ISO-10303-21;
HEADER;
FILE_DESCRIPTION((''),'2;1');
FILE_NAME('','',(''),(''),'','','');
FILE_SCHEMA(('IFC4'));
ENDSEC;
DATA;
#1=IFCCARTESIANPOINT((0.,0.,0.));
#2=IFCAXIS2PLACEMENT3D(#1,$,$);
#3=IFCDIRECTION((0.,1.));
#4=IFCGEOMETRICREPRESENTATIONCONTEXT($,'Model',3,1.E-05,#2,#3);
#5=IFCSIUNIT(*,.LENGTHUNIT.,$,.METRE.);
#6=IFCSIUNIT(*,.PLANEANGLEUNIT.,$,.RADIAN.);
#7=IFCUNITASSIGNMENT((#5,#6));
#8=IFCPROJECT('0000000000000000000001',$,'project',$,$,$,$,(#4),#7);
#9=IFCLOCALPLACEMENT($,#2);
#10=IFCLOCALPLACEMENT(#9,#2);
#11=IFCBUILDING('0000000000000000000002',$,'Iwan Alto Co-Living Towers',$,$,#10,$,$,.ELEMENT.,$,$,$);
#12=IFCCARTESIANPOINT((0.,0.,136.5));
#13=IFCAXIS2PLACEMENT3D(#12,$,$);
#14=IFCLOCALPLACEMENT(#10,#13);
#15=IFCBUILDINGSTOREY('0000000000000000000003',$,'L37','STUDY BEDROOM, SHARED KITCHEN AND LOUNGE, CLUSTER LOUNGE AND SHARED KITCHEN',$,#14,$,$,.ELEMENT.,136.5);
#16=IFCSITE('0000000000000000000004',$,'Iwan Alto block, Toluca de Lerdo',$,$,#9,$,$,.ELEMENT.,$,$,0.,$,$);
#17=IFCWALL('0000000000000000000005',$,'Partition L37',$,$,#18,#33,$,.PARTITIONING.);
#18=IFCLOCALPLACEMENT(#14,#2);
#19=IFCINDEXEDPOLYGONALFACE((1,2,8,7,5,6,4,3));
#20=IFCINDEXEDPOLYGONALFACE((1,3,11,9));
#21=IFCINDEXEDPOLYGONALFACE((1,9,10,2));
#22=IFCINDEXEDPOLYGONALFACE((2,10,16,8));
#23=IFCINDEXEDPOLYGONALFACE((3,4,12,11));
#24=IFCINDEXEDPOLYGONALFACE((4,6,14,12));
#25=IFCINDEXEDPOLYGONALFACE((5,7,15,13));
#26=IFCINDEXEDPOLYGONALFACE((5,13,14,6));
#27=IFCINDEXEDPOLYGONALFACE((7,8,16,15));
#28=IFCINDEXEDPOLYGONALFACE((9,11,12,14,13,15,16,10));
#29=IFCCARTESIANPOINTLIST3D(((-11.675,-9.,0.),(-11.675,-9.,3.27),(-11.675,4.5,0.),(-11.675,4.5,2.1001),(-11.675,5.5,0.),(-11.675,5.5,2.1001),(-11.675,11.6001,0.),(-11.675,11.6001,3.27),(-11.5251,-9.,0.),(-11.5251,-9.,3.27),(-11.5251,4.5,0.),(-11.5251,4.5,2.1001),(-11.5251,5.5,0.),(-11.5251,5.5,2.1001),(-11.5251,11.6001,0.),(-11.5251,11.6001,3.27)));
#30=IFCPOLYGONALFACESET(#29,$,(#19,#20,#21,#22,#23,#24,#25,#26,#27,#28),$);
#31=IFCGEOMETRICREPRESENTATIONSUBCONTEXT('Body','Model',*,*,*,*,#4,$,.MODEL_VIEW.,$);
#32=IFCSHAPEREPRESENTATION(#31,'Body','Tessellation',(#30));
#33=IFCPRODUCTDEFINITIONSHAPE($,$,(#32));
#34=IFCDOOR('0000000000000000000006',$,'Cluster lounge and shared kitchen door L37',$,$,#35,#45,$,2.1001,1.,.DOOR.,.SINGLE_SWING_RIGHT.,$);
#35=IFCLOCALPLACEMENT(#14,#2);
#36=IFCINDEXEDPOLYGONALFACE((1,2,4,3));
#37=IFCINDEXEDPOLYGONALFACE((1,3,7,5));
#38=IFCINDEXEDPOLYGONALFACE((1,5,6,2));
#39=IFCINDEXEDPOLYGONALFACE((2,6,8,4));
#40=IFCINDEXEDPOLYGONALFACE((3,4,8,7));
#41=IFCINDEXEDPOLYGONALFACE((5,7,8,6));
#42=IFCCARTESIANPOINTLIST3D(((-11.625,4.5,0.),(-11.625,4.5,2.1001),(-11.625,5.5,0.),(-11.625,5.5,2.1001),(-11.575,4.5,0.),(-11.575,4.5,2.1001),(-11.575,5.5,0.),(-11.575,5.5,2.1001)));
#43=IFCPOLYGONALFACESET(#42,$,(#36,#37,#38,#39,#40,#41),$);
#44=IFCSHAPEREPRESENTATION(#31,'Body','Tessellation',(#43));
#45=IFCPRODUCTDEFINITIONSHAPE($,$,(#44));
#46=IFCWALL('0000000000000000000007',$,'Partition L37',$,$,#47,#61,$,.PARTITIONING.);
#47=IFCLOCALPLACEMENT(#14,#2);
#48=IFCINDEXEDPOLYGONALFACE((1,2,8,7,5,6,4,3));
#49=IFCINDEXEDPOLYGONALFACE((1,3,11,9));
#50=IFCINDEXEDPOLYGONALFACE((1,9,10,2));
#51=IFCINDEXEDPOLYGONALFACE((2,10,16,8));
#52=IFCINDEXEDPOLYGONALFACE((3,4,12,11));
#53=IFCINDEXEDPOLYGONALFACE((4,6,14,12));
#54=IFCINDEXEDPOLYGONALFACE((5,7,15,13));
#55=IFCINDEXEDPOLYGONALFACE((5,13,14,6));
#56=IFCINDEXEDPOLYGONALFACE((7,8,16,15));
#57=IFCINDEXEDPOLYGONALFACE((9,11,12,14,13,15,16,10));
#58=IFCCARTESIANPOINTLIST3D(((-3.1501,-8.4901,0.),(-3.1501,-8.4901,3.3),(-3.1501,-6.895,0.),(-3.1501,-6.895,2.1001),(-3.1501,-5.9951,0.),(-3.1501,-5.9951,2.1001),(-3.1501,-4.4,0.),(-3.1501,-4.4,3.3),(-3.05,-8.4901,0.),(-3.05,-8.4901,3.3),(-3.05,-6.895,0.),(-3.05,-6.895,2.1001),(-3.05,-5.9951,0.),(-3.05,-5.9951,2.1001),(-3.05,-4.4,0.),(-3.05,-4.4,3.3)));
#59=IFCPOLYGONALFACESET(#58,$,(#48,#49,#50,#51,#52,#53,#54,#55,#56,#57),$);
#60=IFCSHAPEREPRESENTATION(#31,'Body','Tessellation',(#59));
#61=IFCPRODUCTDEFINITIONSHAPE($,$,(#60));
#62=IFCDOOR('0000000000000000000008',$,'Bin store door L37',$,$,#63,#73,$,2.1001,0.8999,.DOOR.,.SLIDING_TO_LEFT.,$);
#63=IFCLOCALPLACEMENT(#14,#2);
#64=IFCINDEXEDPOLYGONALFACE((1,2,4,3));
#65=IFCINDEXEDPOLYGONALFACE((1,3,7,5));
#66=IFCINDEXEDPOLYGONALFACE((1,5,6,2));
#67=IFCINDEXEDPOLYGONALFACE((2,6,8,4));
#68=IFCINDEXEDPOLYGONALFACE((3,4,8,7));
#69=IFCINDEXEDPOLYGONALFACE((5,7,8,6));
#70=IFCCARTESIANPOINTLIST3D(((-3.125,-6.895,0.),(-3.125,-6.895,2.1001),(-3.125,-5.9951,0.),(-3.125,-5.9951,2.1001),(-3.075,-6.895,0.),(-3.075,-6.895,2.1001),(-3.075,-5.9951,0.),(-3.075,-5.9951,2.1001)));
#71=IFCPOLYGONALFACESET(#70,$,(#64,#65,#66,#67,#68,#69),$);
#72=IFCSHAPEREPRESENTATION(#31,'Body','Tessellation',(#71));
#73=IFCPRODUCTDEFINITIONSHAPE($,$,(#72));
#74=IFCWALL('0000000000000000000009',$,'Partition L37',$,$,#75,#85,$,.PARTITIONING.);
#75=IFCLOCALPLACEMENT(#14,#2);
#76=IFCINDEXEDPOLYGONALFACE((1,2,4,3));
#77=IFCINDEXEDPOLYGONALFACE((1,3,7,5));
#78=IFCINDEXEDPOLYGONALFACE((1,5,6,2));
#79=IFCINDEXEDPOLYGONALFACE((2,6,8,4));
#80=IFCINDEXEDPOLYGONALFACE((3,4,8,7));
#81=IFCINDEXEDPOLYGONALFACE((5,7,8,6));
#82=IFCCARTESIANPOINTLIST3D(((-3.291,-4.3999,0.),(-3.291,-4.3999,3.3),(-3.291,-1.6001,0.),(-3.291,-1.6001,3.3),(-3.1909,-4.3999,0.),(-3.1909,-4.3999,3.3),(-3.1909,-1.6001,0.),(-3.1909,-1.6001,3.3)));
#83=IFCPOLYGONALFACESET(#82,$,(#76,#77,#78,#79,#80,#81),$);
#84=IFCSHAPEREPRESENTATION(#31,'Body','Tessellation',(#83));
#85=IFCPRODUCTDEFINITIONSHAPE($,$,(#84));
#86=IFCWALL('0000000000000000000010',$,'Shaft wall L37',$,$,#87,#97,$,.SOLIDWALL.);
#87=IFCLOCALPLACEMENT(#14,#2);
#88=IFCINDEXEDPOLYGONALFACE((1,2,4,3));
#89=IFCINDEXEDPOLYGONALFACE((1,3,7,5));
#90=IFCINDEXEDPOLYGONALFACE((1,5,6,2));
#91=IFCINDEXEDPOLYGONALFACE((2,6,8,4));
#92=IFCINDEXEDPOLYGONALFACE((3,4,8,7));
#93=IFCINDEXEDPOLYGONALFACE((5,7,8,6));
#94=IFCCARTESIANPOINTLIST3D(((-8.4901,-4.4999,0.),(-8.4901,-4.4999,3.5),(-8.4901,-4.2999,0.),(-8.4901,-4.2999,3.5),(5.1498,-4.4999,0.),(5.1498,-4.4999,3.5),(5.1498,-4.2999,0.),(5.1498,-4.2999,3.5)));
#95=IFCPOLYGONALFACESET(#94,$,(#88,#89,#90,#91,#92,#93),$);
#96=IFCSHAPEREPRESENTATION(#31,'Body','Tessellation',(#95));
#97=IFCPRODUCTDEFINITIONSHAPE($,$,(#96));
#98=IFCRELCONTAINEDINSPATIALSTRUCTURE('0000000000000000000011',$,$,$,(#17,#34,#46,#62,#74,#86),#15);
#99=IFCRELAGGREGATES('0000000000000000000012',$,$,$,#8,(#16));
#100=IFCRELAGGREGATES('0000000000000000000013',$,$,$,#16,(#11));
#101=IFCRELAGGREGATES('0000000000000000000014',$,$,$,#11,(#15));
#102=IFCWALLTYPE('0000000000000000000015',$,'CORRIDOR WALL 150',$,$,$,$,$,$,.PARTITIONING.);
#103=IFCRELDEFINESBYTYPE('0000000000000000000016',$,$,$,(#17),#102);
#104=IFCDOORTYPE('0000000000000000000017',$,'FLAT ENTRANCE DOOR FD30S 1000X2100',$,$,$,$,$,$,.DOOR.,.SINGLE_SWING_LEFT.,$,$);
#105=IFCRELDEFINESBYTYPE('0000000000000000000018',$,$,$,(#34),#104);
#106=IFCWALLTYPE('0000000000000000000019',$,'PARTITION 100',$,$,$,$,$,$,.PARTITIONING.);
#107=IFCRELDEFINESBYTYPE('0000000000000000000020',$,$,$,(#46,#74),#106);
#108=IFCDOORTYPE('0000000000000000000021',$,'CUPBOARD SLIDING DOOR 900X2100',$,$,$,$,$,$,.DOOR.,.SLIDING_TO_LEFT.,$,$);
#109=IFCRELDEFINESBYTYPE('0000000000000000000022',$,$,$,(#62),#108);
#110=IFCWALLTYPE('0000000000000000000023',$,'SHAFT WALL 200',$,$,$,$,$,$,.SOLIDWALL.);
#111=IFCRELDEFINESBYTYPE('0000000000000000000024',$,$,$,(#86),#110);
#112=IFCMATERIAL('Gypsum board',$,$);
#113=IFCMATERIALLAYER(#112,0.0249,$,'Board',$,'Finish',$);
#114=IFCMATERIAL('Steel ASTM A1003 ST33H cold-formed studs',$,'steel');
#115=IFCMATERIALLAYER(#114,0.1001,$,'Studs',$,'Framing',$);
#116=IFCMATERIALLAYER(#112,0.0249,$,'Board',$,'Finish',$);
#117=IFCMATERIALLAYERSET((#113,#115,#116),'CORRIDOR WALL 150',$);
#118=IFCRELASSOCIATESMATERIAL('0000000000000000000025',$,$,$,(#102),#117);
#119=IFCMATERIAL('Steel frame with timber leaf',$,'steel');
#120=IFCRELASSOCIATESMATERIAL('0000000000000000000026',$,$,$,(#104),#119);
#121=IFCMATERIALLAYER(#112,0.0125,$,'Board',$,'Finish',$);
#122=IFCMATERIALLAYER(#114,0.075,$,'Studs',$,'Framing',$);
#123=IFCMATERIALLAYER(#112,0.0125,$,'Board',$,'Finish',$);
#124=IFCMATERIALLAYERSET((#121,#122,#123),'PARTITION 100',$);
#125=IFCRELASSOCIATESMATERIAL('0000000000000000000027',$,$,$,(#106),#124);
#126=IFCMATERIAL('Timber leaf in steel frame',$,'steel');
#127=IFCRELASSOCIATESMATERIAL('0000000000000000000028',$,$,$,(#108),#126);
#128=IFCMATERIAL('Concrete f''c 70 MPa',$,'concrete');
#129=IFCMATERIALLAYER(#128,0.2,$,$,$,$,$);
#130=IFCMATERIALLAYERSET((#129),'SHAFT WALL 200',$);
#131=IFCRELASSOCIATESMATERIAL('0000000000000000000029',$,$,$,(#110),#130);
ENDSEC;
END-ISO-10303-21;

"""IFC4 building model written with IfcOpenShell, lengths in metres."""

from ifc_helpers import new_model, si_unit, direction, frame, frame_2d, origin, place, context, subcontext, project, spatial, rectangle, extrude, material, layer, layer_set, type_object, element, fill, save


model = new_model("IFC4")

# Units and contexts
model_context = context("Model", 3, precision=1e-05, world=origin(), true_north=direction((0.0, 1.0)))
body_context = subcontext(model_context, "Body", "Model", "MODEL_VIEW")
ifc_project = project(units=[si_unit("LENGTHUNIT", "METRE"), si_unit("PLANEANGLEUNIT", "RADIAN")], contexts=[model_context])

# Site, building, storey
site_placement = place(None, origin())
site = spatial("IfcSite", under=ifc_project, at=site_placement, Name="Iwan Alto block, Toluca de Lerdo", CompositionType="ELEMENT", RefElevation=0.0)
building_placement = place(site_placement, origin())
building = spatial("IfcBuilding", under=site, at=building_placement, Name="Iwan Alto Co-Living Towers", CompositionType="ELEMENT")
storey_placement = place(building_placement, frame((0.0, 0.0, 136.5)))
storey = spatial("IfcBuildingStorey", under=building, at=storey_placement, Name="L37", Description="STUDY BEDROOM, SHARED KITCHEN AND LOUNGE, CLUSTER LOUNGE AND SHARED KITCHEN", CompositionType="ELEMENT", Elevation=136.5)

# Walls, openings, doors
ifc_material_1 = material(Name="Gypsum board")
ifc_layer_1 = layer(ifc_material_1, 0.0249, Name="Board", Category="Finish")
ifc_material_2 = material(Name="Steel ASTM A1003 ST33H cold-formed studs", Category="steel")
ifc_layer_2 = layer(ifc_material_2, 0.1001, Name="Studs", Category="Framing")
ifc_layer_3 = layer(ifc_material_1, 0.0249, Name="Board", Category="Finish")
ifc_layer_set_1 = layer_set([ifc_layer_1, ifc_layer_2, ifc_layer_3], Name="CORRIDOR WALL 150")
wall_type_1 = type_object("IfcWallType", Name="CORRIDOR WALL 150", PredefinedType="PARTITIONING", material=ifc_layer_set_1)
wall_1_placement = place(storey_placement, frame((-11.6001, -9.0, 0.0), z_axis=(0.0, 0.0, 1.0), x_axis=(0.0, 1.0, 0.0)))
wall_1 = element("IfcWall", 1, at=wall_1_placement, inside=storey, type_object=wall_type_1, Name="Partition L37", PredefinedType="PARTITIONING", context=body_context, shape_type="SweptSolid", body=[
    extrude(rectangle(XDim=20.6001, YDim=0.1499, at=frame_2d((10.3, 0.0))), origin(), (0.0, 0.0, 1.0), 3.27),
])
opening_1_placement = place(wall_1_placement, frame((13.5, 0.0, 0.0)))
opening_1 = element("IfcOpeningElement", 2, at=opening_1_placement, cuts=wall_1, PredefinedType="OPENING", context=body_context, shape_type="SweptSolid", body=[
    extrude(rectangle(XDim=1.0, YDim=2.1001, at=frame_2d((0.5, 1.05))), frame((0.0, 0.085, 0.0), z_axis=(0.0, -1.0, 0.0), x_axis=(1.0, 0.0, 0.0)), (0.0, 0.0, 1.0), 0.1699),
])
ifc_material_3 = material(Name="Steel frame with timber leaf", Category="steel")
door_type_1 = type_object("IfcDoorType", Name="FLAT ENTRANCE DOOR FD30S 1000X2100", OperationType="SINGLE_SWING_LEFT", PredefinedType="DOOR", material=ifc_material_3)
door_1_placement = place(opening_1_placement, origin())
door_1 = element("IfcDoor", 3, at=door_1_placement, inside=storey, type_object=door_type_1, Name="Cluster lounge and shared kitchen door L37", OperationType="SINGLE_SWING_RIGHT", OverallHeight=2.1001, OverallWidth=1.0, PredefinedType="DOOR", context=body_context, shape_type="SweptSolid", body=[
    extrude(rectangle(XDim=1.0, YDim=2.1001, at=frame_2d((0.5, 1.05))), frame((0.0, 0.0249, 0.0), z_axis=(0.0, -1.0, 0.0), x_axis=(1.0, 0.0, 0.0)), (0.0, 0.0, 1.0), 0.05),
])
fill(opening_1, door_1)
ifc_layer_4 = layer(ifc_material_1, 0.0125, Name="Board", Category="Finish")
ifc_layer_5 = layer(ifc_material_2, 0.075, Name="Studs", Category="Framing")
ifc_layer_6 = layer(ifc_material_1, 0.0125, Name="Board", Category="Finish")
ifc_layer_set_2 = layer_set([ifc_layer_4, ifc_layer_5, ifc_layer_6], Name="PARTITION 100")
wall_type_2 = type_object("IfcWallType", Name="PARTITION 100", PredefinedType="PARTITIONING", material=ifc_layer_set_2)
wall_2_placement = place(storey_placement, frame((-3.1001, -8.49, 0.0), z_axis=(0.0, 0.0, 1.0), x_axis=(0.0, 1.0, 0.0)))
wall_2 = element("IfcWall", 4, at=wall_2_placement, inside=storey, type_object=wall_type_2, Name="Partition L37", PredefinedType="PARTITIONING", context=body_context, shape_type="SweptSolid", body=[
    extrude(rectangle(XDim=4.0901, YDim=0.1001, at=frame_2d((2.0449, 0.0))), origin(), (0.0, 0.0, 1.0), 3.3),
])
opening_2_placement = place(wall_2_placement, frame((1.595, 0.0, 0.0)))
opening_2 = element("IfcOpeningElement", 5, at=opening_2_placement, cuts=wall_2, PredefinedType="OPENING", context=body_context, shape_type="SweptSolid", body=[
    extrude(rectangle(XDim=0.8999, YDim=2.1001, at=frame_2d((0.45, 1.05))), frame((0.0, 0.0601, 0.0), z_axis=(0.0, -1.0, 0.0), x_axis=(1.0, 0.0, 0.0)), (0.0, 0.0, 1.0), 0.1201),
])
ifc_material_4 = material(Name="Timber leaf in steel frame", Category="steel")
door_type_2 = type_object("IfcDoorType", Name="CUPBOARD SLIDING DOOR 900X2100", OperationType="SLIDING_TO_LEFT", PredefinedType="DOOR", material=ifc_material_4)
door_2_placement = place(opening_2_placement, origin())
door_2 = element("IfcDoor", 6, at=door_2_placement, inside=storey, type_object=door_type_2, Name="Bin store door L37", OperationType="SLIDING_TO_LEFT", OverallHeight=2.1001, OverallWidth=0.8999, PredefinedType="DOOR", context=body_context, shape_type="SweptSolid", body=[
    extrude(rectangle(XDim=0.8999, YDim=2.1001, at=frame_2d((0.45, 1.05))), frame((0.0, 0.0249, 0.0), z_axis=(0.0, -1.0, 0.0), x_axis=(1.0, 0.0, 0.0)), (0.0, 0.0, 1.0), 0.05),
])
fill(opening_2, door_2)

# Walls
wall_3_placement = place(storey_placement, frame((-3.241, -4.3999, 0.0), z_axis=(0.0, 0.0, 1.0), x_axis=(0.0, 1.0, 0.0)))
element("IfcWall", 7, at=wall_3_placement, inside=storey, type_object=wall_type_2, Name="Partition L37", PredefinedType="PARTITIONING", context=body_context, shape_type="SweptSolid", body=[
    extrude(rectangle(XDim=2.7998, YDim=0.1001, at=frame_2d((1.3999, 0.0))), origin(), (0.0, 0.0, 1.0), 3.3),
])
ifc_material_5 = material(Name="Concrete f'c 70 MPa", Category="concrete")
ifc_layer_7 = layer(ifc_material_5, 0.2)
ifc_layer_set_3 = layer_set([ifc_layer_7], Name="SHAFT WALL 200")
wall_type_3 = type_object("IfcWallType", Name="SHAFT WALL 200", PredefinedType="SOLIDWALL", material=ifc_layer_set_3)
wall_4_placement = place(storey_placement, frame((-8.49, -4.3999, 0.0), z_axis=(0.0, 0.0, 1.0), x_axis=(1.0, 0.0, 0.0)))
element("IfcWall", 8, at=wall_4_placement, inside=storey, type_object=wall_type_3, Name="Shaft wall L37", PredefinedType="SOLIDWALL", context=body_context, shape_type="SweptSolid", body=[
    extrude(rectangle(XDim=13.6399, YDim=0.2, at=frame_2d((6.8198, 0.0))), origin(), (0.0, 0.0, 1.0), 3.5),
])

save(model, "model.ifc")
